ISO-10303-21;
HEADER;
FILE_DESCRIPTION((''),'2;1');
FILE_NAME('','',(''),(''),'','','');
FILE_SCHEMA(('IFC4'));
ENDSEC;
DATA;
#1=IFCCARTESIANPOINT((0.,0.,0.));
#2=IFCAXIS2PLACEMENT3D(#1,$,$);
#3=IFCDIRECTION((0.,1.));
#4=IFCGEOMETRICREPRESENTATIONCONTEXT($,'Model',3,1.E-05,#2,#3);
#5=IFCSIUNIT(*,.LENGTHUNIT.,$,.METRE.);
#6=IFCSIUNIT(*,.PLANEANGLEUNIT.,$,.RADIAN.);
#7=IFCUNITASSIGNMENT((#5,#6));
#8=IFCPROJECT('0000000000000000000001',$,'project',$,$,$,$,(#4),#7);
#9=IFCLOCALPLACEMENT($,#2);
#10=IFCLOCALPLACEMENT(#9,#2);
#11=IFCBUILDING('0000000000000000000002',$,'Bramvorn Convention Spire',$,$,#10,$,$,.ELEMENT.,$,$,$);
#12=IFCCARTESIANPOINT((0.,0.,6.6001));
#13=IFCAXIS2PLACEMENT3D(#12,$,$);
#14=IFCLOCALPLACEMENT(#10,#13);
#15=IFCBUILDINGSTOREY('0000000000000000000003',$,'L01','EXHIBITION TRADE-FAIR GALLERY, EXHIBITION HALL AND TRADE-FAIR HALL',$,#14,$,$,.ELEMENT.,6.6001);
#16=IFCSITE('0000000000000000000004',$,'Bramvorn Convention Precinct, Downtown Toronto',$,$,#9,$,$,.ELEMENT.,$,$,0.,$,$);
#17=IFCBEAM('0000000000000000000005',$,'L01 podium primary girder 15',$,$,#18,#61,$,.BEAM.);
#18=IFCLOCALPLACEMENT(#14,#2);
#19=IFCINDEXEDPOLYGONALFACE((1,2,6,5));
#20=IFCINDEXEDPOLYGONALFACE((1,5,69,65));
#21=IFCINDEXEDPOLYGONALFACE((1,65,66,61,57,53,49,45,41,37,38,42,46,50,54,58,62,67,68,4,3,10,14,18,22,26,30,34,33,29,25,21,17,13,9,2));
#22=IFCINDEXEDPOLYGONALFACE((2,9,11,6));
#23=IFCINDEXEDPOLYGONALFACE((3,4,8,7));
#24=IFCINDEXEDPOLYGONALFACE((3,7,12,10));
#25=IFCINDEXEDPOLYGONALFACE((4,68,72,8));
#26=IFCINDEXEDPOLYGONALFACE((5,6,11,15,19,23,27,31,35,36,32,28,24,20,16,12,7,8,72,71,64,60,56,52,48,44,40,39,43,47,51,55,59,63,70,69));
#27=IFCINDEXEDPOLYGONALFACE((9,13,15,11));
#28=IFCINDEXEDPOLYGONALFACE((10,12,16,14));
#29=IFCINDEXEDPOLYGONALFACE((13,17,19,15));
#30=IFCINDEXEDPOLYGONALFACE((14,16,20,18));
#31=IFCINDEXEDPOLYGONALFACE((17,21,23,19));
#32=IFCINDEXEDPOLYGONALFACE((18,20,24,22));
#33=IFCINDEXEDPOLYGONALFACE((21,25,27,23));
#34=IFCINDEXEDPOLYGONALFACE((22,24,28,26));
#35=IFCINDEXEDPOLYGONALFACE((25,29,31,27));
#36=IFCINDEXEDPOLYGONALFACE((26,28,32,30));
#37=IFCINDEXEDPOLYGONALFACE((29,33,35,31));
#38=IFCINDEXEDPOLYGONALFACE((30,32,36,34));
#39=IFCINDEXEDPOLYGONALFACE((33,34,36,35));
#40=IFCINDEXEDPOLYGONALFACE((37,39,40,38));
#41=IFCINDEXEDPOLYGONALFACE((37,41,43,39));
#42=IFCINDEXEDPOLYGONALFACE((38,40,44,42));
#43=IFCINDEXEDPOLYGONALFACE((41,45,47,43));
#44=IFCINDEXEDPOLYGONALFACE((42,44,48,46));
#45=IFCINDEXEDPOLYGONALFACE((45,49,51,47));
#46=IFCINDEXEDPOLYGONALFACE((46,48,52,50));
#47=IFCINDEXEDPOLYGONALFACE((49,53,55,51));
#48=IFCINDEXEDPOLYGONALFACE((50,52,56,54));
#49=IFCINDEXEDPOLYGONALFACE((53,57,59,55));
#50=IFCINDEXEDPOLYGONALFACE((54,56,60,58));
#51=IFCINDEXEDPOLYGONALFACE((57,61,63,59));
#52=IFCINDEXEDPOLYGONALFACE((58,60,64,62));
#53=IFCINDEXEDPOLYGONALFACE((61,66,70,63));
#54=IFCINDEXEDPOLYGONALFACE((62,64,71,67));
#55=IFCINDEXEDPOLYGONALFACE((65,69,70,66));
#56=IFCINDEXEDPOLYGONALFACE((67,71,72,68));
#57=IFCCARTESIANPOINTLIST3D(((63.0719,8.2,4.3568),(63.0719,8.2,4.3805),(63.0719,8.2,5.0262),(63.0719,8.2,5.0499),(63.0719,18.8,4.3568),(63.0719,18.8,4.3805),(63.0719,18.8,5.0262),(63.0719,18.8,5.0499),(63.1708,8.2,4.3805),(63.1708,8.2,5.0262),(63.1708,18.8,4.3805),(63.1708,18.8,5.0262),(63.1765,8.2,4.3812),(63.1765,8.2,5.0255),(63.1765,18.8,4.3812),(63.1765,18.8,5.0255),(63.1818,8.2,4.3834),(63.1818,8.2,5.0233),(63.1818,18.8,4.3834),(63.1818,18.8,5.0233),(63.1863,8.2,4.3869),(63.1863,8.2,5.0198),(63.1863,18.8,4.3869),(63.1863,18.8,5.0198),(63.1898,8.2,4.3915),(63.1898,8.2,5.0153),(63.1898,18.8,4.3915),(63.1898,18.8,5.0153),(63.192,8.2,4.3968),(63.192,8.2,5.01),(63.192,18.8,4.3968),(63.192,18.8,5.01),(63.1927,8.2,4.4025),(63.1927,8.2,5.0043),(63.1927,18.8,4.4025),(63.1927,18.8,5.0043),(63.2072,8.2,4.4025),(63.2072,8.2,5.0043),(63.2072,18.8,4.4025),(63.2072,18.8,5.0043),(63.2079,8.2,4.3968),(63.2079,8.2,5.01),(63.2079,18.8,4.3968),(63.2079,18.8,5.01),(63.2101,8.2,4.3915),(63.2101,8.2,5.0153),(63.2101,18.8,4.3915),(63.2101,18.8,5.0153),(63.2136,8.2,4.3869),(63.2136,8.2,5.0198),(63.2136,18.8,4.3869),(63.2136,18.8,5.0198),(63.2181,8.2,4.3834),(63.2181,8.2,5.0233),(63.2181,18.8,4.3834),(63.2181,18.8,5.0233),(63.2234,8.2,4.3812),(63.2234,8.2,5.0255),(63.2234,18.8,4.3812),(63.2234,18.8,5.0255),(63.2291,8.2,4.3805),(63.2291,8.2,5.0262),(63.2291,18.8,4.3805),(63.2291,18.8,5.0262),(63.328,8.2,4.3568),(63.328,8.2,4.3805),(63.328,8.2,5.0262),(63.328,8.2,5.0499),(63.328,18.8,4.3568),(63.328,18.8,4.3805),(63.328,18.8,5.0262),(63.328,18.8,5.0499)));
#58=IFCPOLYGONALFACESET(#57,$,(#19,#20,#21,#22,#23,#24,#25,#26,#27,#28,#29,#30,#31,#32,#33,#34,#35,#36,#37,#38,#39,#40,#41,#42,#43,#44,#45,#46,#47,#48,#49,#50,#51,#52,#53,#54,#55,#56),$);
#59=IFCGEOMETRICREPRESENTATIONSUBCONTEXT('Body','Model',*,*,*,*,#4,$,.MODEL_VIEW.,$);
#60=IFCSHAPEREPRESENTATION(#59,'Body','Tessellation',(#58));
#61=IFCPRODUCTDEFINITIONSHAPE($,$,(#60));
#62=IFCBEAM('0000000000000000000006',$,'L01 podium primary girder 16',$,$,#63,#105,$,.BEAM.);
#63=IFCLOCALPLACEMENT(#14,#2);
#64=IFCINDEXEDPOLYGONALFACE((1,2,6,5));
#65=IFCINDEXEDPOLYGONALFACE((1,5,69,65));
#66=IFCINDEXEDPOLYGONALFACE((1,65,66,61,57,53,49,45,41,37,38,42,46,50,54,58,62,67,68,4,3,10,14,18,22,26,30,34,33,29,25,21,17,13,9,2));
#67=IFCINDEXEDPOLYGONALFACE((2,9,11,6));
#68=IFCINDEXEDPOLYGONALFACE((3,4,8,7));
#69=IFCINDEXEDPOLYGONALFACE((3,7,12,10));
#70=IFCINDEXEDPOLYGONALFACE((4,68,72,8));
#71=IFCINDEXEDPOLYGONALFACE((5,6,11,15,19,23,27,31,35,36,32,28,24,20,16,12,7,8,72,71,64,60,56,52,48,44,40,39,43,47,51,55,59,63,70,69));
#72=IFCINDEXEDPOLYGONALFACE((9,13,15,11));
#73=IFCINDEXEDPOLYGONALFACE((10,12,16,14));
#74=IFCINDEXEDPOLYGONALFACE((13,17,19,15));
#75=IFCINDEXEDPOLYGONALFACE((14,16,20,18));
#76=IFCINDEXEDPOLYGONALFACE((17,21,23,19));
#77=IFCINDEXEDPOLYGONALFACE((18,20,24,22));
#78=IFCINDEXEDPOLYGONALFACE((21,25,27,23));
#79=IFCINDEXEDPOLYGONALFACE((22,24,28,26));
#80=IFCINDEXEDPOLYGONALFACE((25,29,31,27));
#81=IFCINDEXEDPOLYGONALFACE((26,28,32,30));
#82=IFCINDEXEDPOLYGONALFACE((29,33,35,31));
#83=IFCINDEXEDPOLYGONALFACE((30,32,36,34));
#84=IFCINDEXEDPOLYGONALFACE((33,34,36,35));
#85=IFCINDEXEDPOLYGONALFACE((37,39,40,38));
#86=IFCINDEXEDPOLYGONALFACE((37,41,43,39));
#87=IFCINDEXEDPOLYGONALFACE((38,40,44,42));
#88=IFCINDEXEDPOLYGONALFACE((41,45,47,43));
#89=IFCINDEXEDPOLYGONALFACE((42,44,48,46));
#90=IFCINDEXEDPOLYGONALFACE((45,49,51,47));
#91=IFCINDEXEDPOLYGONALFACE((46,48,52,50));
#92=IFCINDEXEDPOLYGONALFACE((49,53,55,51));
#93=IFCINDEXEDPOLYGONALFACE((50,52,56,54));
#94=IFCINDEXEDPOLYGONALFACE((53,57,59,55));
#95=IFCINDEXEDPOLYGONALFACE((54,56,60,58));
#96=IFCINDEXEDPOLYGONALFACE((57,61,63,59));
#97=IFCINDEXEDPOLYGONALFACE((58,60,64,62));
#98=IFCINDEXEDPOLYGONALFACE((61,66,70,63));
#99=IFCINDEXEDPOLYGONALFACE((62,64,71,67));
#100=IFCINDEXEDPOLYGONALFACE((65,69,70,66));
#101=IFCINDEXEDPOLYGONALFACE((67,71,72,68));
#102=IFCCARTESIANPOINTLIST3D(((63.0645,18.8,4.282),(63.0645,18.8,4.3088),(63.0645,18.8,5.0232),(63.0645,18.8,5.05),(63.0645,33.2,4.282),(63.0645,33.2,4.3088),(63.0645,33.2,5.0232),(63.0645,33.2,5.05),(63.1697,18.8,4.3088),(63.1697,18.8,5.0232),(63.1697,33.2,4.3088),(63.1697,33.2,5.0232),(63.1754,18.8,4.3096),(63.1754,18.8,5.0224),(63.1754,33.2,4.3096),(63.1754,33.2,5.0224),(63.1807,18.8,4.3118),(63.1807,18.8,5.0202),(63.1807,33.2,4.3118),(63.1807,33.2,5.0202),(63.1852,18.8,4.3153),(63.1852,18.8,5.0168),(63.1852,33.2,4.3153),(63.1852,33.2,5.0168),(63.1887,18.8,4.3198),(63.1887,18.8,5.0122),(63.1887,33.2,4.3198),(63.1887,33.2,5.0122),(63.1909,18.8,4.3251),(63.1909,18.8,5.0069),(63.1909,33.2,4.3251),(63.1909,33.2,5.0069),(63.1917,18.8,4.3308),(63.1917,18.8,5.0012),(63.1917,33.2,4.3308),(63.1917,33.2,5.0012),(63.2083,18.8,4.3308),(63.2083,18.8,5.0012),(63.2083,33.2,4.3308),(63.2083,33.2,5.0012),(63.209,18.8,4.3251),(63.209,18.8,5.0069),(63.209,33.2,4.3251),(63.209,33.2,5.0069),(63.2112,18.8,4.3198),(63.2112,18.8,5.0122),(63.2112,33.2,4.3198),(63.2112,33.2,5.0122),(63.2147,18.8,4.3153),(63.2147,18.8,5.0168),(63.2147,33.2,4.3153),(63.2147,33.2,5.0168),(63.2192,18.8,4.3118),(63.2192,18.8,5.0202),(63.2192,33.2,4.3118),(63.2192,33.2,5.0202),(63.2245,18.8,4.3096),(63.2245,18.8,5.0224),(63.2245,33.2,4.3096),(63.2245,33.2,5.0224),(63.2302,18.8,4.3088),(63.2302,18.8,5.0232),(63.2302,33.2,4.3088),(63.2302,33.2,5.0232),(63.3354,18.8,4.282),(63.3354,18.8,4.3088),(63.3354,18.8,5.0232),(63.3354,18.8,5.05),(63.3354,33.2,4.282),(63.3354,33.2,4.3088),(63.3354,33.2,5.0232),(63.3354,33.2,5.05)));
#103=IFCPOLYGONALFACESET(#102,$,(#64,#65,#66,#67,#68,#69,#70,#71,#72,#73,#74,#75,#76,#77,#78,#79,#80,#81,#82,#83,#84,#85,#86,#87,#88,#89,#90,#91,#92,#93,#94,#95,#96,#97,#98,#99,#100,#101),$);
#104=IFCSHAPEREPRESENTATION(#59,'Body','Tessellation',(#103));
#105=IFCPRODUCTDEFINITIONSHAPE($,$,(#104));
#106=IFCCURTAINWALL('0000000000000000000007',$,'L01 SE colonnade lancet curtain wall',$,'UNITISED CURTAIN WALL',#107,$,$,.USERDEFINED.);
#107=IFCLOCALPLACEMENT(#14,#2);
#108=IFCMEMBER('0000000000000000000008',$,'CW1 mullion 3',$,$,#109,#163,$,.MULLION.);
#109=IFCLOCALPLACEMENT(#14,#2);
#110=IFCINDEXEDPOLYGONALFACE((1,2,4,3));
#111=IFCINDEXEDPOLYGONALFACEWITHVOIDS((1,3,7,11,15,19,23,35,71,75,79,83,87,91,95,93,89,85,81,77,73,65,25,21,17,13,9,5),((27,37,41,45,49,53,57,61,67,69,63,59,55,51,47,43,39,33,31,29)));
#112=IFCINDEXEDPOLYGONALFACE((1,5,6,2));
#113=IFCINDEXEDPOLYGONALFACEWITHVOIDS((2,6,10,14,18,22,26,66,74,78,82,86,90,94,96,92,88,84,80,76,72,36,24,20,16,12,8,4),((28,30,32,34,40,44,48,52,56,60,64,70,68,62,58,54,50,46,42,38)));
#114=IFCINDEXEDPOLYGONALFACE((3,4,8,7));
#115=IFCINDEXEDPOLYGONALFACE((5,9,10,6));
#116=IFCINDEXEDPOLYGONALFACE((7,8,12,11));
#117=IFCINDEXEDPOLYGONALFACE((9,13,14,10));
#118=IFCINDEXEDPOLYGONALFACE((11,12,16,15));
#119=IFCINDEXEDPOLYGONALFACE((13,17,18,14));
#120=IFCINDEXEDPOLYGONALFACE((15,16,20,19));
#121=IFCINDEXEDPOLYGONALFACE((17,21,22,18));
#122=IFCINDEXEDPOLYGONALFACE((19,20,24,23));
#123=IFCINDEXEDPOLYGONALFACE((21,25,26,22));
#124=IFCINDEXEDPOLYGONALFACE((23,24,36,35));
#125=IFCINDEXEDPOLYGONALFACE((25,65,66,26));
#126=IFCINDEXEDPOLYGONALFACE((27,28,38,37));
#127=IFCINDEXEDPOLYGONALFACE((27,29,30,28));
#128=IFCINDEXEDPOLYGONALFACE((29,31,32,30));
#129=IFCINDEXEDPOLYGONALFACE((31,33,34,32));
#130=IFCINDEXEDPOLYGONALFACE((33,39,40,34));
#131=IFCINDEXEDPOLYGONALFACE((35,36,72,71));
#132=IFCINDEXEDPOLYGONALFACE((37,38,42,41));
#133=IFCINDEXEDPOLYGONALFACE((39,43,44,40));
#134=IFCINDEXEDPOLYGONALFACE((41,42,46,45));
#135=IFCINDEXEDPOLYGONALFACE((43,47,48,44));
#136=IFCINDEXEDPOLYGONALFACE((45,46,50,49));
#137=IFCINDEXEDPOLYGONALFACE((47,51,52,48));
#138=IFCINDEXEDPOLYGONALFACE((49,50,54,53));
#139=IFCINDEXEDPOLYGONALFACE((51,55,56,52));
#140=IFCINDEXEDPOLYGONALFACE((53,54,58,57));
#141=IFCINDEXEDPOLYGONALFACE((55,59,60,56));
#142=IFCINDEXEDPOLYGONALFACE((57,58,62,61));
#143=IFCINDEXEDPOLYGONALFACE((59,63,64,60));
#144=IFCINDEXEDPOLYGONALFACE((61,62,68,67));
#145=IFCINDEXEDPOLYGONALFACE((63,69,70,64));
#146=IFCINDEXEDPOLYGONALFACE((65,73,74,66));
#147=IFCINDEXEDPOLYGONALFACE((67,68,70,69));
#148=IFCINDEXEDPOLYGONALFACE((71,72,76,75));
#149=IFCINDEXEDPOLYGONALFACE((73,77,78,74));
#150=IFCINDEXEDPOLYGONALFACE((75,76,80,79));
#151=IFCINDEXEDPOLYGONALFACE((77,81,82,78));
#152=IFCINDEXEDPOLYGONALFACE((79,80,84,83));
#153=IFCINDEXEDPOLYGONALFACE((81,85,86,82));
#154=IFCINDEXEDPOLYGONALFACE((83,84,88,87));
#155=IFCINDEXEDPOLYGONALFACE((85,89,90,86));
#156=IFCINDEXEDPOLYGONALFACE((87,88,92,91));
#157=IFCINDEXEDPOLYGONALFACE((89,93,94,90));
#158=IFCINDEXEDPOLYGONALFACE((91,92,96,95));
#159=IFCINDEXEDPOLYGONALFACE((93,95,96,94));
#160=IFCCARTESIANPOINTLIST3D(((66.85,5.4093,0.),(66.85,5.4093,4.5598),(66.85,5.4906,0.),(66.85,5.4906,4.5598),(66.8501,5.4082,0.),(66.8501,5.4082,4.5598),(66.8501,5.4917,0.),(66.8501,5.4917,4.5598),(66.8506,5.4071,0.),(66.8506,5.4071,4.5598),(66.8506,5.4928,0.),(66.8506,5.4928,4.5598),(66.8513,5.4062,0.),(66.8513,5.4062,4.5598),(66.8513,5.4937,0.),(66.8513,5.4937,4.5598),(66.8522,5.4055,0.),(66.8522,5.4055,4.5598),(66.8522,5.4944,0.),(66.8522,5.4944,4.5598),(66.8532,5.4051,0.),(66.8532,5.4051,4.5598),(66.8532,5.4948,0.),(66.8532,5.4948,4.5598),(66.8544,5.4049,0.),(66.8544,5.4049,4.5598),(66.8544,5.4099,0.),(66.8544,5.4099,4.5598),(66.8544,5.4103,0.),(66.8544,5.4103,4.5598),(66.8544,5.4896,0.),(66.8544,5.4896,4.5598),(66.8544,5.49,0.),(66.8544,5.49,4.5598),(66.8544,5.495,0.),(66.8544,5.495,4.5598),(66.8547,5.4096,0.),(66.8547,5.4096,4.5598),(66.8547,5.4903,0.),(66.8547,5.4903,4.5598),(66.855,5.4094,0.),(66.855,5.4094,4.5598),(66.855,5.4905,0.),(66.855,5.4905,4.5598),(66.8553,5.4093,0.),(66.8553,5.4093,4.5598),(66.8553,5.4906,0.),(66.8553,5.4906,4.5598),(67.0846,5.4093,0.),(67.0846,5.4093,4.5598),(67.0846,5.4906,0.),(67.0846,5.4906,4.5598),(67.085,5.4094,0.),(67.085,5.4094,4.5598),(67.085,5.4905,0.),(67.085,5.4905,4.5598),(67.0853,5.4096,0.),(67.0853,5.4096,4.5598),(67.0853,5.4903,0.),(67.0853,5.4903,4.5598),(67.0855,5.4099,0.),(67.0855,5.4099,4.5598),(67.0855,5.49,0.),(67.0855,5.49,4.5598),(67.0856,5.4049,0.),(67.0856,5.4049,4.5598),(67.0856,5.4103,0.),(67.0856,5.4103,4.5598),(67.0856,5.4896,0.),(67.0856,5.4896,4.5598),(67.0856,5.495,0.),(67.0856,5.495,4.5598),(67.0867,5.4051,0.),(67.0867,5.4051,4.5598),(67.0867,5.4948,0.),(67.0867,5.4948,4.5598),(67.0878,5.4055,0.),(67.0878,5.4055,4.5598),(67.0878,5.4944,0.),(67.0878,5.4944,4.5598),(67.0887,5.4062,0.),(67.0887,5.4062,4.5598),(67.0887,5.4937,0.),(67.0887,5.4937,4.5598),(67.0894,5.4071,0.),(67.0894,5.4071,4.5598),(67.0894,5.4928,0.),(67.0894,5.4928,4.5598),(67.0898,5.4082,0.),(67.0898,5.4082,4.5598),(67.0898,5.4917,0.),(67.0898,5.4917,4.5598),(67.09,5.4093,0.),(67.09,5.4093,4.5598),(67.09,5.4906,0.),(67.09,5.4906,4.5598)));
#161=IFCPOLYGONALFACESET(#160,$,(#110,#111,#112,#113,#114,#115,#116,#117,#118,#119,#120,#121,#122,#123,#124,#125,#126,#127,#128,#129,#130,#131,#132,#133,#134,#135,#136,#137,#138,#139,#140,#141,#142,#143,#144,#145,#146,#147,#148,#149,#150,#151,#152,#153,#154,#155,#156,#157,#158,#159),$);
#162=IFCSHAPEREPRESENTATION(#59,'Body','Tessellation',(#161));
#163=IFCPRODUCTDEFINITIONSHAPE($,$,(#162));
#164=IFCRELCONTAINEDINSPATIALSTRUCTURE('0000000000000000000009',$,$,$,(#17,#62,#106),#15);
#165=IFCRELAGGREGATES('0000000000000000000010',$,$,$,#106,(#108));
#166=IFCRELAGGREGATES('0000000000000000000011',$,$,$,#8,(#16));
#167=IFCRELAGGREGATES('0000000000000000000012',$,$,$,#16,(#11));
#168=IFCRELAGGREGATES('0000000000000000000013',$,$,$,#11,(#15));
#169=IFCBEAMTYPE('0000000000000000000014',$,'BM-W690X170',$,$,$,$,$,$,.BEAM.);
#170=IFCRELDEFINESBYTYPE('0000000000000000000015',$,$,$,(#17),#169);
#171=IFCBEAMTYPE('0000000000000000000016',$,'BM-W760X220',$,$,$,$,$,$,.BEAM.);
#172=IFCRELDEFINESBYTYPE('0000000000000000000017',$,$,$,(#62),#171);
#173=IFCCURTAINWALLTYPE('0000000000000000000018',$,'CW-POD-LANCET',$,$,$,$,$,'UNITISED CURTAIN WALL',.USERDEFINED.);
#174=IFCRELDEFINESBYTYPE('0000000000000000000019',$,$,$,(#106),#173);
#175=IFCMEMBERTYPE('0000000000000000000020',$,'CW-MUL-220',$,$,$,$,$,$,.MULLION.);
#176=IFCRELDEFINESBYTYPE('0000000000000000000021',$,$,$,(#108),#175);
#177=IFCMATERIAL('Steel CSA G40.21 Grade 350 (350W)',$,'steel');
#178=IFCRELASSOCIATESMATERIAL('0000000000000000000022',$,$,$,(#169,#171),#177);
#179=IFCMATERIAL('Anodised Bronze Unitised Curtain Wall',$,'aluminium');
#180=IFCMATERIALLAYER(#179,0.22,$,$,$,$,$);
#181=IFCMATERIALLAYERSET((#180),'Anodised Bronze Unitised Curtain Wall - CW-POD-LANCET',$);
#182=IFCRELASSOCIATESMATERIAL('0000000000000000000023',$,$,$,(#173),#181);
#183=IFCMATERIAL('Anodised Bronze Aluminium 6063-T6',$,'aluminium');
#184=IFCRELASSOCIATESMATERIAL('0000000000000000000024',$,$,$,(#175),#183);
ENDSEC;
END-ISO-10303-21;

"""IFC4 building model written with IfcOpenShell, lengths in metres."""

from ifc_helpers import new_model, si_unit, direction, frame, origin, origin_2d, place, context, subcontext, project, spatial, hollow_rectangle, i_section, extrude, material, layer, layer_set, material_profile, profile_set, type_object, element, aggregate, save


model = new_model("IFC4")

# Units and contexts
model_context = context("Model", 3, precision=1e-05, world=origin(), true_north=direction((0.0, 1.0)))
body_context = subcontext(model_context, "Body", "Model", "MODEL_VIEW")
ifc_project = project(units=[si_unit("LENGTHUNIT", "METRE"), si_unit("PLANEANGLEUNIT", "RADIAN")], contexts=[model_context])

# Site, building, storey
site_placement = place(None, origin())
site = spatial("IfcSite", under=ifc_project, at=site_placement, Name="Bramvorn Convention Precinct, Downtown Toronto", CompositionType="ELEMENT", RefElevation=0.0)
building_placement = place(site_placement, origin())
building = spatial("IfcBuilding", under=site, at=building_placement, Name="Bramvorn Convention Spire", CompositionType="ELEMENT")
storey_placement = place(building_placement, frame((0.0, 0.0, 6.6001)))
storey = spatial("IfcBuildingStorey", under=building, at=storey_placement, Name="L01", Description="EXHIBITION TRADE-FAIR GALLERY, EXHIBITION HALL AND TRADE-FAIR HALL", CompositionType="ELEMENT", Elevation=6.6001)

# Shared definitions
ifc_material_1 = material(Name="Steel CSA G40.21 Grade 350 (350W)", Category="steel")

# Beams
ifc_material_profile_1 = material_profile(ifc_material_1, i_section(OverallWidth=0.2561, OverallDepth=0.6931, WebThickness=0.0144, FlangeThickness=0.0237, FilletRadius=0.022, at=origin_2d()))
ifc_profile_set_1 = profile_set([ifc_material_profile_1], Name="Steel CSA G40.21 Grade 350 (350W) - W690X170")
beam_type_1 = type_object("IfcBeamType", Name="BM-W690X170", PredefinedType="BEAM", material=ifc_profile_set_1)
beam_1_placement = place(storey_placement, frame((63.2, 8.2, 4.7034), z_axis=(0.0, 1.0, 0.0), x_axis=(-1.0, 0.0, 0.0)))
element("IfcBeam", 1, at=beam_1_placement, inside=storey, type_object=beam_type_1, Name="L01 podium primary girder 15", PredefinedType="BEAM", context=body_context, shape_type="SweptSolid", body=[
    extrude(i_section(OverallWidth=0.2561, OverallDepth=0.6931, WebThickness=0.0144, FlangeThickness=0.0237, FilletRadius=0.022, at=origin_2d()), origin(), (0.0, 0.0, 1.0), 10.6001),
])
ifc_material_profile_2 = material_profile(ifc_material_1, i_section(OverallWidth=0.271, OverallDepth=0.7681, WebThickness=0.0166, FlangeThickness=0.0269, FilletRadius=0.022, at=origin_2d()))
ifc_profile_set_2 = profile_set([ifc_material_profile_2], Name="Steel CSA G40.21 Grade 350 (350W) - W760X220")
beam_type_2 = type_object("IfcBeamType", Name="BM-W760X220", PredefinedType="BEAM", material=ifc_profile_set_2)
beam_2_placement = place(storey_placement, frame((63.2, 18.8, 4.666), z_axis=(0.0, 1.0, 0.0), x_axis=(-1.0, 0.0, 0.0)))
element("IfcBeam", 2, at=beam_2_placement, inside=storey, type_object=beam_type_2, Name="L01 podium primary girder 16", PredefinedType="BEAM", context=body_context, shape_type="SweptSolid", body=[
    extrude(i_section(OverallWidth=0.271, OverallDepth=0.7681, WebThickness=0.0166, FlangeThickness=0.0269, FilletRadius=0.022, at=origin_2d()), origin(), (0.0, 0.0, 1.0), 14.3999),
])

# Curtain wall, member
ifc_material_2 = material(Name="Anodised Bronze Unitised Curtain Wall", Category="aluminium")
ifc_layer_1 = layer(ifc_material_2, 0.22)
ifc_layer_set_1 = layer_set([ifc_layer_1], Name="Anodised Bronze Unitised Curtain Wall - CW-POD-LANCET")
curtain_wall_type = type_object("IfcCurtainWallType", Name="CW-POD-LANCET", ElementType="UNITISED CURTAIN WALL", PredefinedType="USERDEFINED", material=ifc_layer_set_1)
curtain_wall_placement = place(storey_placement, origin())
curtain_wall = element("IfcCurtainWall", 3, at=curtain_wall_placement, inside=storey, type_object=curtain_wall_type, Name="L01 SE colonnade lancet curtain wall", ObjectType="UNITISED CURTAIN WALL", PredefinedType="USERDEFINED")
ifc_material_3 = material(Name="Anodised Bronze Aluminium 6063-T6", Category="aluminium")
ifc_material_profile_3 = material_profile(ifc_material_3, hollow_rectangle(XDim=0.0901, YDim=0.24, WallThickness=0.0044, InnerFilletRadius=0.001, OuterFilletRadius=0.0044, at=origin_2d()))
ifc_profile_set_3 = profile_set([ifc_material_profile_3], Name="Anodised Bronze Aluminium 6063-T6 - CWM90X240")
member_type_1 = type_object("IfcMemberType", Name="CW-MUL-220", PredefinedType="MULLION", material=ifc_profile_set_3)
member_1_placement = place(storey_placement, frame((66.97, 5.45, 0.0), z_axis=(0.0, 0.0, 1.0), x_axis=(0.0, 1.0, 0.0)))
member_1 = element("IfcMember", 4, at=member_1_placement, type_object=member_type_1, Name="CW1 mullion 3", PredefinedType="MULLION", context=body_context, shape_type="SweptSolid", body=[
    extrude(hollow_rectangle(XDim=0.0901, YDim=0.24, WallThickness=0.0044, InnerFilletRadius=0.001, OuterFilletRadius=0.0044, at=origin_2d()), origin(), (0.0, 0.0, 1.0), 4.5598),
])
aggregate(curtain_wall, [member_1])

save(model, "model.ifc")
